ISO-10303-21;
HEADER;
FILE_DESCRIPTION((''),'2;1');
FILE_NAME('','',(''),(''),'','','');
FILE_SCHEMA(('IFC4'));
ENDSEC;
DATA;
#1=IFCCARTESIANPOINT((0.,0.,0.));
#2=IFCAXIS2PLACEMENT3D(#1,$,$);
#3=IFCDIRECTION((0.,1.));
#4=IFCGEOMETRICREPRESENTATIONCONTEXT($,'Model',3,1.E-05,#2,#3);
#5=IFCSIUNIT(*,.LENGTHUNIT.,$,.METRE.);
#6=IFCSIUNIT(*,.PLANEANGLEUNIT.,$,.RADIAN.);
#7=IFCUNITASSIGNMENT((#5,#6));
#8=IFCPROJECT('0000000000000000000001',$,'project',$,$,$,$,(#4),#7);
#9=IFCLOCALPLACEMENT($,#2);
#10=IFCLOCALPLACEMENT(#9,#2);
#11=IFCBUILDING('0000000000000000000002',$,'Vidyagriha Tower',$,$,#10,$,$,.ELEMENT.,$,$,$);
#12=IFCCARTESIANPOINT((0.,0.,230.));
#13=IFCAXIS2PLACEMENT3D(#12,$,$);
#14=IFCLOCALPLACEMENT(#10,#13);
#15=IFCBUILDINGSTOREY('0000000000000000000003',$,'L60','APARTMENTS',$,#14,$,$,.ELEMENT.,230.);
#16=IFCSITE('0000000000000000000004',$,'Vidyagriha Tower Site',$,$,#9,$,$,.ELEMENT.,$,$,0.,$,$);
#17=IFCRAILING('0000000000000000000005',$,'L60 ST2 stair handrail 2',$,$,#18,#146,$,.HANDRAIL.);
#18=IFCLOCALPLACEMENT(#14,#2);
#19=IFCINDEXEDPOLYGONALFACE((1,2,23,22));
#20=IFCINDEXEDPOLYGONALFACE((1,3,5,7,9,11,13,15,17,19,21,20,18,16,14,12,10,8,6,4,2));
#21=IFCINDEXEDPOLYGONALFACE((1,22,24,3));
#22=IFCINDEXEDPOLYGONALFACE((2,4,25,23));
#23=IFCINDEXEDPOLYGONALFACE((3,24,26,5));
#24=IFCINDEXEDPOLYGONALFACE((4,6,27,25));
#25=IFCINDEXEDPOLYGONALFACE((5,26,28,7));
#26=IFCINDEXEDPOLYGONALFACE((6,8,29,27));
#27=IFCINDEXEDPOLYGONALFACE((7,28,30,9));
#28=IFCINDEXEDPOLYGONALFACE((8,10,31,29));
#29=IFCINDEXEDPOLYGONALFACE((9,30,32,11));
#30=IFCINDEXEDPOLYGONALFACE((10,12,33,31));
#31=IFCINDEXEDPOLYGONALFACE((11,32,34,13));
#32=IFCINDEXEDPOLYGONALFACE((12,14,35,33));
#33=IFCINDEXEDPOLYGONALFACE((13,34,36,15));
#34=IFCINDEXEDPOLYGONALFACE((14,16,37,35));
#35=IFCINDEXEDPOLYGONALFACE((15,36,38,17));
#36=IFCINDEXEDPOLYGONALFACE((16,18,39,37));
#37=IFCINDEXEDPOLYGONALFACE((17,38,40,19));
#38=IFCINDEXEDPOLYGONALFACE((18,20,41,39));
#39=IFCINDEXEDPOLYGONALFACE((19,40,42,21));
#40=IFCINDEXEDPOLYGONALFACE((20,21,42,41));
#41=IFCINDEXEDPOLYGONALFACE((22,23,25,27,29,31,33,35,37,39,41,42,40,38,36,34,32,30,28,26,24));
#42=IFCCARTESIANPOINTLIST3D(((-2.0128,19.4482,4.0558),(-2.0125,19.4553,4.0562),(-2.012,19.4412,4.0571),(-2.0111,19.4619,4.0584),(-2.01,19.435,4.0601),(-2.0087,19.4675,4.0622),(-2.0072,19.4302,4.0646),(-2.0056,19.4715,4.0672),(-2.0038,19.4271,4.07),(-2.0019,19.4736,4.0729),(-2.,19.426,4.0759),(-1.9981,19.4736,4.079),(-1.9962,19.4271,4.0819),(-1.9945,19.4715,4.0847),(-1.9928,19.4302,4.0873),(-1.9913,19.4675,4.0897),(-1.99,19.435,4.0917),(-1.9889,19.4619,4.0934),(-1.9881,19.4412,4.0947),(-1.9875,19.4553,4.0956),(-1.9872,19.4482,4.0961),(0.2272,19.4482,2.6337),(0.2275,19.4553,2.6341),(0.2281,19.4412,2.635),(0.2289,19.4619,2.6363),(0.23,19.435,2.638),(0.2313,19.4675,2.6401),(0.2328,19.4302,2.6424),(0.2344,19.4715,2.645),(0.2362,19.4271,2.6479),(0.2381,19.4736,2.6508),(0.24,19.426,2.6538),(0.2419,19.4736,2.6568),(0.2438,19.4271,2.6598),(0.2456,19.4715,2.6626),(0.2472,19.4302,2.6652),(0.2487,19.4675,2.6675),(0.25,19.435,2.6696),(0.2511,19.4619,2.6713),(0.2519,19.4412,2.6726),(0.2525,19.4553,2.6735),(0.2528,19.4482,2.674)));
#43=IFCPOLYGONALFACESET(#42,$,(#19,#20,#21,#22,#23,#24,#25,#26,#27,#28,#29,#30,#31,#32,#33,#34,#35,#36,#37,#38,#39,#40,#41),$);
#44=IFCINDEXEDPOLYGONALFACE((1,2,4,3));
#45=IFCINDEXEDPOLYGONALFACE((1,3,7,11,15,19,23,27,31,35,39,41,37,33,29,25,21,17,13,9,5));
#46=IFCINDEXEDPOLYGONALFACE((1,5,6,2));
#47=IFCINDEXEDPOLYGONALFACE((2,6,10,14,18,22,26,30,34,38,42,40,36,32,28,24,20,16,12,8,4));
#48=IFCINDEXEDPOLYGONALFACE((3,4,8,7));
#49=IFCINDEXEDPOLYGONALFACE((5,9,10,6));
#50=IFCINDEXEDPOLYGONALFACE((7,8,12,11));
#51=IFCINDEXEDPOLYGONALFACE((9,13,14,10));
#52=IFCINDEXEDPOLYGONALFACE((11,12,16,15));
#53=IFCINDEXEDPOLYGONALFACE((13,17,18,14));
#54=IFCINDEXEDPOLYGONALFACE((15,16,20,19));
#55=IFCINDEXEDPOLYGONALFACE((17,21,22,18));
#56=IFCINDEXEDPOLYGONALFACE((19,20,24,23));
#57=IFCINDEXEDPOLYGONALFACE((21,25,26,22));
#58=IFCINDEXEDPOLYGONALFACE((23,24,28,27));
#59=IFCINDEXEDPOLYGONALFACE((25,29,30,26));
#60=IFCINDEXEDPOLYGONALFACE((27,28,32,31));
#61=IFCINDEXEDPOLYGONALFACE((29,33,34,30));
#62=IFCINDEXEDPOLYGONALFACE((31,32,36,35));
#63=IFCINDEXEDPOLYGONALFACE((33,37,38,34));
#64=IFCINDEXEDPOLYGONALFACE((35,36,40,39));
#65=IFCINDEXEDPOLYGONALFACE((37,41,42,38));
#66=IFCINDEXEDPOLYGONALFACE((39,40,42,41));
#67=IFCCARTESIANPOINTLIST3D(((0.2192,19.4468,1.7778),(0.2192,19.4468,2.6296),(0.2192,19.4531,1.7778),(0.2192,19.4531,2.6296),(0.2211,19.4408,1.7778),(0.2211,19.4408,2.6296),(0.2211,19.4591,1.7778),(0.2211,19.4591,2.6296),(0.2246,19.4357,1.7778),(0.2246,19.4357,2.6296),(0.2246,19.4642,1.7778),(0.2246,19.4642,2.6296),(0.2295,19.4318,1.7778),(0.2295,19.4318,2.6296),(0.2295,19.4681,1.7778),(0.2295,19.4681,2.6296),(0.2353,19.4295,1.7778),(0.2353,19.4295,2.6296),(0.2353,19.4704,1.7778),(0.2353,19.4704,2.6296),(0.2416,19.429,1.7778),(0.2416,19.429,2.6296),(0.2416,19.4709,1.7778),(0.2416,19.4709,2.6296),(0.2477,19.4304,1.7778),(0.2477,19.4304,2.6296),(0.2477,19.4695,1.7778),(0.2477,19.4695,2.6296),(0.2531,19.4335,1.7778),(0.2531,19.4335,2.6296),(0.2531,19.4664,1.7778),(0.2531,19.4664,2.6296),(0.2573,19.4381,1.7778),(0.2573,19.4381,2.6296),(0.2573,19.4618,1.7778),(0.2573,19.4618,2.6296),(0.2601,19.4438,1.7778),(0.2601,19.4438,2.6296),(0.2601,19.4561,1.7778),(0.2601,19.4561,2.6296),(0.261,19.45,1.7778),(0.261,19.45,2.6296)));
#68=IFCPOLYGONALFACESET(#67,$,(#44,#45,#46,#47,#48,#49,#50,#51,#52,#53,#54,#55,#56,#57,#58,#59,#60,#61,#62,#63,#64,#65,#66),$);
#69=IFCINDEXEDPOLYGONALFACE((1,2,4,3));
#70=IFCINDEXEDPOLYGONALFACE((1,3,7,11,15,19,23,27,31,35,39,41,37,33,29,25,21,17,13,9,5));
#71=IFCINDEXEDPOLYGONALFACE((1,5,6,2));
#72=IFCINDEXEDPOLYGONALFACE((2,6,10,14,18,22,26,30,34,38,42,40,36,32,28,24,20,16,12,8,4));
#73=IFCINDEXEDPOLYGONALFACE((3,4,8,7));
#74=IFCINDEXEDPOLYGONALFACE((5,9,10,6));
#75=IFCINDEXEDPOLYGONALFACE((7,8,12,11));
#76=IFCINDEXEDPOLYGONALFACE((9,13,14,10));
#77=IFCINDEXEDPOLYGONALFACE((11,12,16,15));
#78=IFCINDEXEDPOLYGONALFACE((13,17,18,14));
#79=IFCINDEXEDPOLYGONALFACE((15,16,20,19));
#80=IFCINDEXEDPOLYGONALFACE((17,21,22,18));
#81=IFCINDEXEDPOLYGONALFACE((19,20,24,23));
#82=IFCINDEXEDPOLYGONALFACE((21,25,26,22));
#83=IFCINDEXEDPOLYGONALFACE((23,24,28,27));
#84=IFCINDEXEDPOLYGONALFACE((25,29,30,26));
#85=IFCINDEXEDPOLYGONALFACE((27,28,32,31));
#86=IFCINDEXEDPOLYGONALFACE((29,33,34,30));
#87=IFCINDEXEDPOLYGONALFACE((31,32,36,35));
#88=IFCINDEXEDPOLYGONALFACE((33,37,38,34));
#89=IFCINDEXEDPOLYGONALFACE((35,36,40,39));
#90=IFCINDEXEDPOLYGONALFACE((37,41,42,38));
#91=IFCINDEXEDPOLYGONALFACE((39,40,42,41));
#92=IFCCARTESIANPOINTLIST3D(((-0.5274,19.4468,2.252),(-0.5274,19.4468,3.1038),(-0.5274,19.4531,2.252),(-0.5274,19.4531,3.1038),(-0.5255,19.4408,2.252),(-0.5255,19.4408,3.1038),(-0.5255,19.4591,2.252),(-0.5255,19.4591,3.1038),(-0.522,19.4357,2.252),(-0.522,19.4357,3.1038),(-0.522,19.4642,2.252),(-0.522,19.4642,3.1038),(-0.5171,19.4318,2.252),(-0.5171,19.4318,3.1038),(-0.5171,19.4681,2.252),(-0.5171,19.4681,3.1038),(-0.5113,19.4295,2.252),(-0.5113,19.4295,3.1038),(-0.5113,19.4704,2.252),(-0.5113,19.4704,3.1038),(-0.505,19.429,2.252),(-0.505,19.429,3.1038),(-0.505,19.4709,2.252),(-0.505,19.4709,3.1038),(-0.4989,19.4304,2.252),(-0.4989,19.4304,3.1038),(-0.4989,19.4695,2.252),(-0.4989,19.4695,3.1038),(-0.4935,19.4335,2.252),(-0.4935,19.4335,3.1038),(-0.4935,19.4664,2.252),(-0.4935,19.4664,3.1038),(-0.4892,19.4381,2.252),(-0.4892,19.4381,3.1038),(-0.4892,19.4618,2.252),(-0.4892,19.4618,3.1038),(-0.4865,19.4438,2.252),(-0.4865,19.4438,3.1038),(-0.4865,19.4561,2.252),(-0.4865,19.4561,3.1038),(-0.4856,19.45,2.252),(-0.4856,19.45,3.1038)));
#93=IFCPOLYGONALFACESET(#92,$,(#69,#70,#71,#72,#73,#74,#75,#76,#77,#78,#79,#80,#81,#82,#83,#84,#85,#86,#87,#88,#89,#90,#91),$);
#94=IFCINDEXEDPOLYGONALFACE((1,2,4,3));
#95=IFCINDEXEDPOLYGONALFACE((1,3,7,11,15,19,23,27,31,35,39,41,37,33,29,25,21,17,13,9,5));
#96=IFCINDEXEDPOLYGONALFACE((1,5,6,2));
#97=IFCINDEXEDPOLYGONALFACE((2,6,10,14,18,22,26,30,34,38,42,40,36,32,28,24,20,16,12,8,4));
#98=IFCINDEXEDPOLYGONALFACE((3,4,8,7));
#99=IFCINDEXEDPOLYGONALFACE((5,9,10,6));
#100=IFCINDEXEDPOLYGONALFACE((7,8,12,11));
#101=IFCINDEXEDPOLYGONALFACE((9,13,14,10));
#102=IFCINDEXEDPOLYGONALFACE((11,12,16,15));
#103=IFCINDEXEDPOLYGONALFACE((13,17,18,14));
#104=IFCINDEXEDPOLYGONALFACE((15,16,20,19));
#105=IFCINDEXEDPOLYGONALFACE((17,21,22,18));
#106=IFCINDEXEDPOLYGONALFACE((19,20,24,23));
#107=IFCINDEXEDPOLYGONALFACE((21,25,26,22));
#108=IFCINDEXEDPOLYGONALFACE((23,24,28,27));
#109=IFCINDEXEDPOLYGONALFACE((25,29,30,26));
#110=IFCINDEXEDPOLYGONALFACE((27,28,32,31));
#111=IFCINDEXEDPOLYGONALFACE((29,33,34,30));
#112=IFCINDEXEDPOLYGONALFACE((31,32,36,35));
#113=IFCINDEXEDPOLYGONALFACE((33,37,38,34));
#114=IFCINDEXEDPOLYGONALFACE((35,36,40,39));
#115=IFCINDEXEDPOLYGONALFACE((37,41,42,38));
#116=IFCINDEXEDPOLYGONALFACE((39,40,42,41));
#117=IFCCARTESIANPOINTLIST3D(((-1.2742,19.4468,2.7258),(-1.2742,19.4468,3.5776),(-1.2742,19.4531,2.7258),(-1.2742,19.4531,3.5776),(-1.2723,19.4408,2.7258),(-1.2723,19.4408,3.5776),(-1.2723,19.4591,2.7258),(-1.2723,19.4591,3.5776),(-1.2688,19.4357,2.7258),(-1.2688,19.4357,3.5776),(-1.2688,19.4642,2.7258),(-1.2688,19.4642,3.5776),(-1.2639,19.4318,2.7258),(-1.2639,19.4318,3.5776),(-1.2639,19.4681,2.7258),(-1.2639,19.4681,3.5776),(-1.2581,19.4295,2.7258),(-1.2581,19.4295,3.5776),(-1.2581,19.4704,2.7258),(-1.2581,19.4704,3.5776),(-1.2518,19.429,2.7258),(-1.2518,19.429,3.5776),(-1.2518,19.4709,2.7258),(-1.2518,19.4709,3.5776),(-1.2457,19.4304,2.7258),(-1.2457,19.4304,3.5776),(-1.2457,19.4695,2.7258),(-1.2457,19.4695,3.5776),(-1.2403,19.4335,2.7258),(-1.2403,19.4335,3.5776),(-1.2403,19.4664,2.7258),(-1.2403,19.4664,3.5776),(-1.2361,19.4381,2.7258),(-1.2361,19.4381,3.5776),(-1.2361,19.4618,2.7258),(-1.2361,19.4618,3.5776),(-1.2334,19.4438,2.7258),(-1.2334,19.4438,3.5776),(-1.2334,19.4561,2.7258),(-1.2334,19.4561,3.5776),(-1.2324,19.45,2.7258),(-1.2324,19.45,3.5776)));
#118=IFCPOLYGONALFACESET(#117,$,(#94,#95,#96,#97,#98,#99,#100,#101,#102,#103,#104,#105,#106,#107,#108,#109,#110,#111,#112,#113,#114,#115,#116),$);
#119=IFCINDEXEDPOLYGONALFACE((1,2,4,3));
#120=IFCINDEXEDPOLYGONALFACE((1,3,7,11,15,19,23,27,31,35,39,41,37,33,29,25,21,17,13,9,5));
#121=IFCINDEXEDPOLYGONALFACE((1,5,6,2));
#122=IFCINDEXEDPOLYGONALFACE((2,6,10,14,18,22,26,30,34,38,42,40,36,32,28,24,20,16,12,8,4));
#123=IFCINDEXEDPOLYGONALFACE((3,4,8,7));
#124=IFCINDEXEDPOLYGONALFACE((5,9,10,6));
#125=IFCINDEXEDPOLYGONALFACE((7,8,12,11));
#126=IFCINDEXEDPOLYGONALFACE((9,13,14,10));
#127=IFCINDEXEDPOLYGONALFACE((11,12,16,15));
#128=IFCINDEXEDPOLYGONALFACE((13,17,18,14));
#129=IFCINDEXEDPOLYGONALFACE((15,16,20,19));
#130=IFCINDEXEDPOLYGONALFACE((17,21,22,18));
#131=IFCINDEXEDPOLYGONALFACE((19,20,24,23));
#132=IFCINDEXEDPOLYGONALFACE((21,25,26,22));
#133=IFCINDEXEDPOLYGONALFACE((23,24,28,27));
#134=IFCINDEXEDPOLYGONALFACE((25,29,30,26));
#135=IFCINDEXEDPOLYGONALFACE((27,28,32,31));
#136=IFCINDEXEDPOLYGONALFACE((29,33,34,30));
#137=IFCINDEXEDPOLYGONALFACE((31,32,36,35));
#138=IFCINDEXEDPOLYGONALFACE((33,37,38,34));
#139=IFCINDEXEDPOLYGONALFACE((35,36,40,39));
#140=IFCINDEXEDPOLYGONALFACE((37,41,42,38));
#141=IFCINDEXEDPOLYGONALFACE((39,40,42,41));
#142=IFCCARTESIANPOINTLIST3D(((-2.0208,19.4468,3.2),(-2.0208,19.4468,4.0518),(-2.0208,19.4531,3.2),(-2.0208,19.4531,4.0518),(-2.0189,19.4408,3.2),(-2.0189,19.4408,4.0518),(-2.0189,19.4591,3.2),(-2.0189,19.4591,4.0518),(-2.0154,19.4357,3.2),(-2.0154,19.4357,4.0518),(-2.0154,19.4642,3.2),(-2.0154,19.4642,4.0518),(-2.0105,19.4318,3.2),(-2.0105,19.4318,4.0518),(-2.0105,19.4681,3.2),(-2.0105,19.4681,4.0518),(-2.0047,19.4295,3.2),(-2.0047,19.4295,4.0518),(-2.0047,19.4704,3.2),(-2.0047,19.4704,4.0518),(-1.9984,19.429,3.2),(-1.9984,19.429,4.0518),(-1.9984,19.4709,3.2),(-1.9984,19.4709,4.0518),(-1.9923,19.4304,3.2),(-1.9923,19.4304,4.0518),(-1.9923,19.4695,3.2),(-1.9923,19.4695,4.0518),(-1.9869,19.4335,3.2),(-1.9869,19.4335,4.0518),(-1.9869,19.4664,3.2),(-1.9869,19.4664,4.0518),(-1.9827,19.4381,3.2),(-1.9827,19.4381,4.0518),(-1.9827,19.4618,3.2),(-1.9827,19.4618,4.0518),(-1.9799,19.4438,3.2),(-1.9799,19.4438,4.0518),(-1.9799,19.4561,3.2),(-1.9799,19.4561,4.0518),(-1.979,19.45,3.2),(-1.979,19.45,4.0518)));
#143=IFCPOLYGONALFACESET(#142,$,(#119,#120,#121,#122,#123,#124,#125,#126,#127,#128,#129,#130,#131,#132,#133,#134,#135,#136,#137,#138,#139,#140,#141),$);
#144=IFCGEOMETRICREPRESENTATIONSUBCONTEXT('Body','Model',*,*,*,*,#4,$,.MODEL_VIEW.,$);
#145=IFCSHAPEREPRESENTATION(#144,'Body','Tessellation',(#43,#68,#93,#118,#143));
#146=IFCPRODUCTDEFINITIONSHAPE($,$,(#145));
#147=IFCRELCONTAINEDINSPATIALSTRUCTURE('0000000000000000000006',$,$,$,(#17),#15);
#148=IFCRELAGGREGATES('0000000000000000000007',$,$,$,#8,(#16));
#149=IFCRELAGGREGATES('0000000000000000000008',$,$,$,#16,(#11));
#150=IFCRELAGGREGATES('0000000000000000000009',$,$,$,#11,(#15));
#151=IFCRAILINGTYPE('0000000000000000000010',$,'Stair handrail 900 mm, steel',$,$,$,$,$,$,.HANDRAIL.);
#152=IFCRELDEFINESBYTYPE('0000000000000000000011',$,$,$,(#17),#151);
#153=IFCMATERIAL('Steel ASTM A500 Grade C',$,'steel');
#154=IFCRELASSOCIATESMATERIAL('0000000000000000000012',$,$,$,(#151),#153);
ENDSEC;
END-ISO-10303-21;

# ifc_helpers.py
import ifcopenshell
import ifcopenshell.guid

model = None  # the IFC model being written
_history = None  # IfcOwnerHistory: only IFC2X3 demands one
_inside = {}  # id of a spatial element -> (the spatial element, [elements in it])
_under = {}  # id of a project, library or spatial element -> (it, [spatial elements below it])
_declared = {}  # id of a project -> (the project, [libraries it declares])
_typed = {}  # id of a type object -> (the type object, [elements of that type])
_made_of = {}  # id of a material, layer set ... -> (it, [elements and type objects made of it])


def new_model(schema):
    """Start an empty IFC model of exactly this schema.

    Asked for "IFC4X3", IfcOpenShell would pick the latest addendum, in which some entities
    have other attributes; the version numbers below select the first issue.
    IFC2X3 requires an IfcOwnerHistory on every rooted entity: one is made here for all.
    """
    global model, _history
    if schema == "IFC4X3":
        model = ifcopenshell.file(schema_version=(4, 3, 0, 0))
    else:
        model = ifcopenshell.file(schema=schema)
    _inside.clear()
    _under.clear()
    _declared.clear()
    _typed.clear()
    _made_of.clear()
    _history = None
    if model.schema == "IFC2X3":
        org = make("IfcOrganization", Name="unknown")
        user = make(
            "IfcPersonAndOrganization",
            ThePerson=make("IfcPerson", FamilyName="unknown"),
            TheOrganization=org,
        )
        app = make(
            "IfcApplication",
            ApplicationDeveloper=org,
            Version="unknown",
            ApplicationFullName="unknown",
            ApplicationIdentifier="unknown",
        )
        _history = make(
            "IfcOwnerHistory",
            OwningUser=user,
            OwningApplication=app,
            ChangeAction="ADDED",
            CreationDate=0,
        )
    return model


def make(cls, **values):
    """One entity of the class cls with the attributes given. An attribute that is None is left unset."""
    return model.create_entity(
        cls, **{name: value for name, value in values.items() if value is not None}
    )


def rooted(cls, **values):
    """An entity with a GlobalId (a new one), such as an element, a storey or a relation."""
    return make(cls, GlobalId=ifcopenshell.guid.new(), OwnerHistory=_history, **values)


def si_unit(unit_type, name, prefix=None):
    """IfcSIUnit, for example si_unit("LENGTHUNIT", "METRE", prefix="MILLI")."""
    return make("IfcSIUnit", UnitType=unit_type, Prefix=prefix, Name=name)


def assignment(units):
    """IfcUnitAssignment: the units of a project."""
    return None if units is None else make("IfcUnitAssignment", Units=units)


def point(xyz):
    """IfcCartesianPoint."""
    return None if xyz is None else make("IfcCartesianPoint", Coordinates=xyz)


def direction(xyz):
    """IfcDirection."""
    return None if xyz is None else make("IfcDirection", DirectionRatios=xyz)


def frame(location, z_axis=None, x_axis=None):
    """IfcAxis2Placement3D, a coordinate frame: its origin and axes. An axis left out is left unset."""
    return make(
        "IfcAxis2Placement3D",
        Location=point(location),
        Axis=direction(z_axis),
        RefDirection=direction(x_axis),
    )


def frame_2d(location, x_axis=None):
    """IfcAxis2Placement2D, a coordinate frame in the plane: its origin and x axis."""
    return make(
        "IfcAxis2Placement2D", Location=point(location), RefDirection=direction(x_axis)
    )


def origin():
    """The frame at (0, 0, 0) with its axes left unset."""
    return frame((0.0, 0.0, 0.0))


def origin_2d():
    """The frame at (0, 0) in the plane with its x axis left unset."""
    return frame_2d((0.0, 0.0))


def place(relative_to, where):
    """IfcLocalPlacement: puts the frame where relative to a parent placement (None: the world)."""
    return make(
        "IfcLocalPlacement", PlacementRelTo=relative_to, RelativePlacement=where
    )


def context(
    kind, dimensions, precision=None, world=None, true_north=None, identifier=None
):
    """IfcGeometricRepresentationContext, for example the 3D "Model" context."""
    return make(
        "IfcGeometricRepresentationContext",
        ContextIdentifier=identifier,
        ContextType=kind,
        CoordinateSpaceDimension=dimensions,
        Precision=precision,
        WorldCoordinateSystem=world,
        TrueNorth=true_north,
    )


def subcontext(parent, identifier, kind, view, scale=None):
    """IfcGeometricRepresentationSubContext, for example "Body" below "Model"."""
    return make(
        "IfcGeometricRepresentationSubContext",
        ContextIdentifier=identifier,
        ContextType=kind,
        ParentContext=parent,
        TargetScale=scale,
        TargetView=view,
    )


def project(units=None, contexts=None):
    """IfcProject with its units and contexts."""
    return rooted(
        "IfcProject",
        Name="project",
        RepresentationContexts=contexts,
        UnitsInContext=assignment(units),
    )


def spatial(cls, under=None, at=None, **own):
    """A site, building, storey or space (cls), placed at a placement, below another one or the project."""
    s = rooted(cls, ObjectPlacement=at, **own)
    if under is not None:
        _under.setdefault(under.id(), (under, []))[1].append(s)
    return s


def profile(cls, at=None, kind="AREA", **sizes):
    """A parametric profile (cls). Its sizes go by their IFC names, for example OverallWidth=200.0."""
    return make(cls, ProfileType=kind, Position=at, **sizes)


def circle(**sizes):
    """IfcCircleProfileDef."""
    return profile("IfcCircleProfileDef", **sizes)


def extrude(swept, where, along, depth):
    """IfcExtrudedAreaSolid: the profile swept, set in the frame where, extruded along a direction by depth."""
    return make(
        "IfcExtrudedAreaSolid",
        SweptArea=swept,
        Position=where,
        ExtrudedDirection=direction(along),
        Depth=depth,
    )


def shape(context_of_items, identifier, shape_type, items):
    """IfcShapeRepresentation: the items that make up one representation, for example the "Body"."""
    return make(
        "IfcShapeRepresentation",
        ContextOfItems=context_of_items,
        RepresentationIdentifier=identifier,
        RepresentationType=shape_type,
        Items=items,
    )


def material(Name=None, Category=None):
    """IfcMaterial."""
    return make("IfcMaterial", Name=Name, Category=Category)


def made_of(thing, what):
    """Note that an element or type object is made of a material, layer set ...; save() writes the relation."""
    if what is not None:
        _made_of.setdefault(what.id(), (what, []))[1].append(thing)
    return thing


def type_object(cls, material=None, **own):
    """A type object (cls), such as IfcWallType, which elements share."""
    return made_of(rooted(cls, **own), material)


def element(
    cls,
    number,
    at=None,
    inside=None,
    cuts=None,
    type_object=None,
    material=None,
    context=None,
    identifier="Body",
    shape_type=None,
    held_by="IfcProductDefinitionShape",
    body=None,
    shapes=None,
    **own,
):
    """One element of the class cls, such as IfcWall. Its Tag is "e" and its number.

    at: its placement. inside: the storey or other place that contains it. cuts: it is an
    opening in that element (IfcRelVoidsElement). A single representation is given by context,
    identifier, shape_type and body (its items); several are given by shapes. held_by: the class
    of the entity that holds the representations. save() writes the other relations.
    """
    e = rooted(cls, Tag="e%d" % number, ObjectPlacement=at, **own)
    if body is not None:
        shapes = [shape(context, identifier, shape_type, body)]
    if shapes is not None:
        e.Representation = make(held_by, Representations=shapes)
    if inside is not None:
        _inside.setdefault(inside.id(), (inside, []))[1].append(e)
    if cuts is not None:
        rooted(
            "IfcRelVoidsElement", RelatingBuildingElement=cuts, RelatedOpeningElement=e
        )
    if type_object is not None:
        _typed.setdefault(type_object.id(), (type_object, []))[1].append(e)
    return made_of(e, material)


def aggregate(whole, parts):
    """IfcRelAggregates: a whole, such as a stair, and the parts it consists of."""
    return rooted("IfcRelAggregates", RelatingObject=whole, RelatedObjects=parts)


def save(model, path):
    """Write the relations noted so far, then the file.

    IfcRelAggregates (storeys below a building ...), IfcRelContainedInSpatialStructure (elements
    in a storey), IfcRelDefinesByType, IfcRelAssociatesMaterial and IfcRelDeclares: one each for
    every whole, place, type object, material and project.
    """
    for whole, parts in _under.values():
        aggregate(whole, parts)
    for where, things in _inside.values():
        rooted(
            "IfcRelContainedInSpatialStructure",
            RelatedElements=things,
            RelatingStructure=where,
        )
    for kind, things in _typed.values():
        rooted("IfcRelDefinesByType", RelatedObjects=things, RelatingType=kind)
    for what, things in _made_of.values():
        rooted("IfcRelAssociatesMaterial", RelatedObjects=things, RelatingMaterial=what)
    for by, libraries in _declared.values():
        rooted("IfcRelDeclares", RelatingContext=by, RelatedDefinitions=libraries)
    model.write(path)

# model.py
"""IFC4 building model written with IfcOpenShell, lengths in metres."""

from ifc_helpers import new_model, si_unit, direction, frame, origin, origin_2d, place, context, subcontext, project, spatial, circle, extrude, material, type_object, element, save


model = new_model("IFC4")

# Units and contexts
model_context = context("Model", 3, precision=1e-05, world=origin(), true_north=direction((0.0, 1.0)))
body_context = subcontext(model_context, "Body", "Model", "MODEL_VIEW")
ifc_project = project(units=[si_unit("LENGTHUNIT", "METRE"), si_unit("PLANEANGLEUNIT", "RADIAN")], contexts=[model_context])

# Site, building, storey
site_placement = place(None, origin())
site = spatial("IfcSite", under=ifc_project, at=site_placement, Name="Vidyagriha Tower Site", CompositionType="ELEMENT", RefElevation=0.0)
building_placement = place(site_placement, origin())
building = spatial("IfcBuilding", under=site, at=building_placement, Name="Vidyagriha Tower", CompositionType="ELEMENT")
storey_placement = place(building_placement, frame((0.0, 0.0, 230.0)))
storey = spatial("IfcBuildingStorey", under=building, at=storey_placement, Name="L60", Description="APARTMENTS", CompositionType="ELEMENT", Elevation=230.0)

# Railing
ifc_material_1 = material(Name="Steel ASTM A500 Grade C", Category="steel")
railing_type_1 = type_object("IfcRailingType", Name="Stair handrail 900 mm, steel", PredefinedType="HANDRAIL", material=ifc_material_1)
railing_1_placement = place(storey_placement, frame((0.24, 19.45, 1.7778)))
element("IfcRailing", 1, at=railing_1_placement, inside=storey, type_object=railing_type_1, Name="L60 ST2 stair handrail 2", PredefinedType="HANDRAIL", context=body_context, shape_type="SweptSolid", body=[
    extrude(circle(Radius=0.0239, at=origin_2d()), frame((0.0, 0.0, 0.876), z_axis=(-0.844229, 0.0, 0.535982), x_axis=(0.0, -1.0, 0.0)), (0.0, 0.0, 1.0), 2.6533),
    extrude(circle(Radius=0.021, at=origin_2d()), origin(), (0.0, 0.0, 1.0), 0.8518),
    extrude(circle(Radius=0.021, at=origin_2d()), frame((-0.7466, 0.0, 0.4741)), (0.0, 0.0, 1.0), 0.8518),
    extrude(circle(Radius=0.021, at=origin_2d()), frame((-1.4934, 0.0, 0.948)), (0.0, 0.0, 1.0), 0.8518),
    extrude(circle(Radius=0.021, at=origin_2d()), frame((-2.24, 0.0, 1.4221)), (0.0, 0.0, 1.0), 0.8518),
])

save(model, "model.ifc")
